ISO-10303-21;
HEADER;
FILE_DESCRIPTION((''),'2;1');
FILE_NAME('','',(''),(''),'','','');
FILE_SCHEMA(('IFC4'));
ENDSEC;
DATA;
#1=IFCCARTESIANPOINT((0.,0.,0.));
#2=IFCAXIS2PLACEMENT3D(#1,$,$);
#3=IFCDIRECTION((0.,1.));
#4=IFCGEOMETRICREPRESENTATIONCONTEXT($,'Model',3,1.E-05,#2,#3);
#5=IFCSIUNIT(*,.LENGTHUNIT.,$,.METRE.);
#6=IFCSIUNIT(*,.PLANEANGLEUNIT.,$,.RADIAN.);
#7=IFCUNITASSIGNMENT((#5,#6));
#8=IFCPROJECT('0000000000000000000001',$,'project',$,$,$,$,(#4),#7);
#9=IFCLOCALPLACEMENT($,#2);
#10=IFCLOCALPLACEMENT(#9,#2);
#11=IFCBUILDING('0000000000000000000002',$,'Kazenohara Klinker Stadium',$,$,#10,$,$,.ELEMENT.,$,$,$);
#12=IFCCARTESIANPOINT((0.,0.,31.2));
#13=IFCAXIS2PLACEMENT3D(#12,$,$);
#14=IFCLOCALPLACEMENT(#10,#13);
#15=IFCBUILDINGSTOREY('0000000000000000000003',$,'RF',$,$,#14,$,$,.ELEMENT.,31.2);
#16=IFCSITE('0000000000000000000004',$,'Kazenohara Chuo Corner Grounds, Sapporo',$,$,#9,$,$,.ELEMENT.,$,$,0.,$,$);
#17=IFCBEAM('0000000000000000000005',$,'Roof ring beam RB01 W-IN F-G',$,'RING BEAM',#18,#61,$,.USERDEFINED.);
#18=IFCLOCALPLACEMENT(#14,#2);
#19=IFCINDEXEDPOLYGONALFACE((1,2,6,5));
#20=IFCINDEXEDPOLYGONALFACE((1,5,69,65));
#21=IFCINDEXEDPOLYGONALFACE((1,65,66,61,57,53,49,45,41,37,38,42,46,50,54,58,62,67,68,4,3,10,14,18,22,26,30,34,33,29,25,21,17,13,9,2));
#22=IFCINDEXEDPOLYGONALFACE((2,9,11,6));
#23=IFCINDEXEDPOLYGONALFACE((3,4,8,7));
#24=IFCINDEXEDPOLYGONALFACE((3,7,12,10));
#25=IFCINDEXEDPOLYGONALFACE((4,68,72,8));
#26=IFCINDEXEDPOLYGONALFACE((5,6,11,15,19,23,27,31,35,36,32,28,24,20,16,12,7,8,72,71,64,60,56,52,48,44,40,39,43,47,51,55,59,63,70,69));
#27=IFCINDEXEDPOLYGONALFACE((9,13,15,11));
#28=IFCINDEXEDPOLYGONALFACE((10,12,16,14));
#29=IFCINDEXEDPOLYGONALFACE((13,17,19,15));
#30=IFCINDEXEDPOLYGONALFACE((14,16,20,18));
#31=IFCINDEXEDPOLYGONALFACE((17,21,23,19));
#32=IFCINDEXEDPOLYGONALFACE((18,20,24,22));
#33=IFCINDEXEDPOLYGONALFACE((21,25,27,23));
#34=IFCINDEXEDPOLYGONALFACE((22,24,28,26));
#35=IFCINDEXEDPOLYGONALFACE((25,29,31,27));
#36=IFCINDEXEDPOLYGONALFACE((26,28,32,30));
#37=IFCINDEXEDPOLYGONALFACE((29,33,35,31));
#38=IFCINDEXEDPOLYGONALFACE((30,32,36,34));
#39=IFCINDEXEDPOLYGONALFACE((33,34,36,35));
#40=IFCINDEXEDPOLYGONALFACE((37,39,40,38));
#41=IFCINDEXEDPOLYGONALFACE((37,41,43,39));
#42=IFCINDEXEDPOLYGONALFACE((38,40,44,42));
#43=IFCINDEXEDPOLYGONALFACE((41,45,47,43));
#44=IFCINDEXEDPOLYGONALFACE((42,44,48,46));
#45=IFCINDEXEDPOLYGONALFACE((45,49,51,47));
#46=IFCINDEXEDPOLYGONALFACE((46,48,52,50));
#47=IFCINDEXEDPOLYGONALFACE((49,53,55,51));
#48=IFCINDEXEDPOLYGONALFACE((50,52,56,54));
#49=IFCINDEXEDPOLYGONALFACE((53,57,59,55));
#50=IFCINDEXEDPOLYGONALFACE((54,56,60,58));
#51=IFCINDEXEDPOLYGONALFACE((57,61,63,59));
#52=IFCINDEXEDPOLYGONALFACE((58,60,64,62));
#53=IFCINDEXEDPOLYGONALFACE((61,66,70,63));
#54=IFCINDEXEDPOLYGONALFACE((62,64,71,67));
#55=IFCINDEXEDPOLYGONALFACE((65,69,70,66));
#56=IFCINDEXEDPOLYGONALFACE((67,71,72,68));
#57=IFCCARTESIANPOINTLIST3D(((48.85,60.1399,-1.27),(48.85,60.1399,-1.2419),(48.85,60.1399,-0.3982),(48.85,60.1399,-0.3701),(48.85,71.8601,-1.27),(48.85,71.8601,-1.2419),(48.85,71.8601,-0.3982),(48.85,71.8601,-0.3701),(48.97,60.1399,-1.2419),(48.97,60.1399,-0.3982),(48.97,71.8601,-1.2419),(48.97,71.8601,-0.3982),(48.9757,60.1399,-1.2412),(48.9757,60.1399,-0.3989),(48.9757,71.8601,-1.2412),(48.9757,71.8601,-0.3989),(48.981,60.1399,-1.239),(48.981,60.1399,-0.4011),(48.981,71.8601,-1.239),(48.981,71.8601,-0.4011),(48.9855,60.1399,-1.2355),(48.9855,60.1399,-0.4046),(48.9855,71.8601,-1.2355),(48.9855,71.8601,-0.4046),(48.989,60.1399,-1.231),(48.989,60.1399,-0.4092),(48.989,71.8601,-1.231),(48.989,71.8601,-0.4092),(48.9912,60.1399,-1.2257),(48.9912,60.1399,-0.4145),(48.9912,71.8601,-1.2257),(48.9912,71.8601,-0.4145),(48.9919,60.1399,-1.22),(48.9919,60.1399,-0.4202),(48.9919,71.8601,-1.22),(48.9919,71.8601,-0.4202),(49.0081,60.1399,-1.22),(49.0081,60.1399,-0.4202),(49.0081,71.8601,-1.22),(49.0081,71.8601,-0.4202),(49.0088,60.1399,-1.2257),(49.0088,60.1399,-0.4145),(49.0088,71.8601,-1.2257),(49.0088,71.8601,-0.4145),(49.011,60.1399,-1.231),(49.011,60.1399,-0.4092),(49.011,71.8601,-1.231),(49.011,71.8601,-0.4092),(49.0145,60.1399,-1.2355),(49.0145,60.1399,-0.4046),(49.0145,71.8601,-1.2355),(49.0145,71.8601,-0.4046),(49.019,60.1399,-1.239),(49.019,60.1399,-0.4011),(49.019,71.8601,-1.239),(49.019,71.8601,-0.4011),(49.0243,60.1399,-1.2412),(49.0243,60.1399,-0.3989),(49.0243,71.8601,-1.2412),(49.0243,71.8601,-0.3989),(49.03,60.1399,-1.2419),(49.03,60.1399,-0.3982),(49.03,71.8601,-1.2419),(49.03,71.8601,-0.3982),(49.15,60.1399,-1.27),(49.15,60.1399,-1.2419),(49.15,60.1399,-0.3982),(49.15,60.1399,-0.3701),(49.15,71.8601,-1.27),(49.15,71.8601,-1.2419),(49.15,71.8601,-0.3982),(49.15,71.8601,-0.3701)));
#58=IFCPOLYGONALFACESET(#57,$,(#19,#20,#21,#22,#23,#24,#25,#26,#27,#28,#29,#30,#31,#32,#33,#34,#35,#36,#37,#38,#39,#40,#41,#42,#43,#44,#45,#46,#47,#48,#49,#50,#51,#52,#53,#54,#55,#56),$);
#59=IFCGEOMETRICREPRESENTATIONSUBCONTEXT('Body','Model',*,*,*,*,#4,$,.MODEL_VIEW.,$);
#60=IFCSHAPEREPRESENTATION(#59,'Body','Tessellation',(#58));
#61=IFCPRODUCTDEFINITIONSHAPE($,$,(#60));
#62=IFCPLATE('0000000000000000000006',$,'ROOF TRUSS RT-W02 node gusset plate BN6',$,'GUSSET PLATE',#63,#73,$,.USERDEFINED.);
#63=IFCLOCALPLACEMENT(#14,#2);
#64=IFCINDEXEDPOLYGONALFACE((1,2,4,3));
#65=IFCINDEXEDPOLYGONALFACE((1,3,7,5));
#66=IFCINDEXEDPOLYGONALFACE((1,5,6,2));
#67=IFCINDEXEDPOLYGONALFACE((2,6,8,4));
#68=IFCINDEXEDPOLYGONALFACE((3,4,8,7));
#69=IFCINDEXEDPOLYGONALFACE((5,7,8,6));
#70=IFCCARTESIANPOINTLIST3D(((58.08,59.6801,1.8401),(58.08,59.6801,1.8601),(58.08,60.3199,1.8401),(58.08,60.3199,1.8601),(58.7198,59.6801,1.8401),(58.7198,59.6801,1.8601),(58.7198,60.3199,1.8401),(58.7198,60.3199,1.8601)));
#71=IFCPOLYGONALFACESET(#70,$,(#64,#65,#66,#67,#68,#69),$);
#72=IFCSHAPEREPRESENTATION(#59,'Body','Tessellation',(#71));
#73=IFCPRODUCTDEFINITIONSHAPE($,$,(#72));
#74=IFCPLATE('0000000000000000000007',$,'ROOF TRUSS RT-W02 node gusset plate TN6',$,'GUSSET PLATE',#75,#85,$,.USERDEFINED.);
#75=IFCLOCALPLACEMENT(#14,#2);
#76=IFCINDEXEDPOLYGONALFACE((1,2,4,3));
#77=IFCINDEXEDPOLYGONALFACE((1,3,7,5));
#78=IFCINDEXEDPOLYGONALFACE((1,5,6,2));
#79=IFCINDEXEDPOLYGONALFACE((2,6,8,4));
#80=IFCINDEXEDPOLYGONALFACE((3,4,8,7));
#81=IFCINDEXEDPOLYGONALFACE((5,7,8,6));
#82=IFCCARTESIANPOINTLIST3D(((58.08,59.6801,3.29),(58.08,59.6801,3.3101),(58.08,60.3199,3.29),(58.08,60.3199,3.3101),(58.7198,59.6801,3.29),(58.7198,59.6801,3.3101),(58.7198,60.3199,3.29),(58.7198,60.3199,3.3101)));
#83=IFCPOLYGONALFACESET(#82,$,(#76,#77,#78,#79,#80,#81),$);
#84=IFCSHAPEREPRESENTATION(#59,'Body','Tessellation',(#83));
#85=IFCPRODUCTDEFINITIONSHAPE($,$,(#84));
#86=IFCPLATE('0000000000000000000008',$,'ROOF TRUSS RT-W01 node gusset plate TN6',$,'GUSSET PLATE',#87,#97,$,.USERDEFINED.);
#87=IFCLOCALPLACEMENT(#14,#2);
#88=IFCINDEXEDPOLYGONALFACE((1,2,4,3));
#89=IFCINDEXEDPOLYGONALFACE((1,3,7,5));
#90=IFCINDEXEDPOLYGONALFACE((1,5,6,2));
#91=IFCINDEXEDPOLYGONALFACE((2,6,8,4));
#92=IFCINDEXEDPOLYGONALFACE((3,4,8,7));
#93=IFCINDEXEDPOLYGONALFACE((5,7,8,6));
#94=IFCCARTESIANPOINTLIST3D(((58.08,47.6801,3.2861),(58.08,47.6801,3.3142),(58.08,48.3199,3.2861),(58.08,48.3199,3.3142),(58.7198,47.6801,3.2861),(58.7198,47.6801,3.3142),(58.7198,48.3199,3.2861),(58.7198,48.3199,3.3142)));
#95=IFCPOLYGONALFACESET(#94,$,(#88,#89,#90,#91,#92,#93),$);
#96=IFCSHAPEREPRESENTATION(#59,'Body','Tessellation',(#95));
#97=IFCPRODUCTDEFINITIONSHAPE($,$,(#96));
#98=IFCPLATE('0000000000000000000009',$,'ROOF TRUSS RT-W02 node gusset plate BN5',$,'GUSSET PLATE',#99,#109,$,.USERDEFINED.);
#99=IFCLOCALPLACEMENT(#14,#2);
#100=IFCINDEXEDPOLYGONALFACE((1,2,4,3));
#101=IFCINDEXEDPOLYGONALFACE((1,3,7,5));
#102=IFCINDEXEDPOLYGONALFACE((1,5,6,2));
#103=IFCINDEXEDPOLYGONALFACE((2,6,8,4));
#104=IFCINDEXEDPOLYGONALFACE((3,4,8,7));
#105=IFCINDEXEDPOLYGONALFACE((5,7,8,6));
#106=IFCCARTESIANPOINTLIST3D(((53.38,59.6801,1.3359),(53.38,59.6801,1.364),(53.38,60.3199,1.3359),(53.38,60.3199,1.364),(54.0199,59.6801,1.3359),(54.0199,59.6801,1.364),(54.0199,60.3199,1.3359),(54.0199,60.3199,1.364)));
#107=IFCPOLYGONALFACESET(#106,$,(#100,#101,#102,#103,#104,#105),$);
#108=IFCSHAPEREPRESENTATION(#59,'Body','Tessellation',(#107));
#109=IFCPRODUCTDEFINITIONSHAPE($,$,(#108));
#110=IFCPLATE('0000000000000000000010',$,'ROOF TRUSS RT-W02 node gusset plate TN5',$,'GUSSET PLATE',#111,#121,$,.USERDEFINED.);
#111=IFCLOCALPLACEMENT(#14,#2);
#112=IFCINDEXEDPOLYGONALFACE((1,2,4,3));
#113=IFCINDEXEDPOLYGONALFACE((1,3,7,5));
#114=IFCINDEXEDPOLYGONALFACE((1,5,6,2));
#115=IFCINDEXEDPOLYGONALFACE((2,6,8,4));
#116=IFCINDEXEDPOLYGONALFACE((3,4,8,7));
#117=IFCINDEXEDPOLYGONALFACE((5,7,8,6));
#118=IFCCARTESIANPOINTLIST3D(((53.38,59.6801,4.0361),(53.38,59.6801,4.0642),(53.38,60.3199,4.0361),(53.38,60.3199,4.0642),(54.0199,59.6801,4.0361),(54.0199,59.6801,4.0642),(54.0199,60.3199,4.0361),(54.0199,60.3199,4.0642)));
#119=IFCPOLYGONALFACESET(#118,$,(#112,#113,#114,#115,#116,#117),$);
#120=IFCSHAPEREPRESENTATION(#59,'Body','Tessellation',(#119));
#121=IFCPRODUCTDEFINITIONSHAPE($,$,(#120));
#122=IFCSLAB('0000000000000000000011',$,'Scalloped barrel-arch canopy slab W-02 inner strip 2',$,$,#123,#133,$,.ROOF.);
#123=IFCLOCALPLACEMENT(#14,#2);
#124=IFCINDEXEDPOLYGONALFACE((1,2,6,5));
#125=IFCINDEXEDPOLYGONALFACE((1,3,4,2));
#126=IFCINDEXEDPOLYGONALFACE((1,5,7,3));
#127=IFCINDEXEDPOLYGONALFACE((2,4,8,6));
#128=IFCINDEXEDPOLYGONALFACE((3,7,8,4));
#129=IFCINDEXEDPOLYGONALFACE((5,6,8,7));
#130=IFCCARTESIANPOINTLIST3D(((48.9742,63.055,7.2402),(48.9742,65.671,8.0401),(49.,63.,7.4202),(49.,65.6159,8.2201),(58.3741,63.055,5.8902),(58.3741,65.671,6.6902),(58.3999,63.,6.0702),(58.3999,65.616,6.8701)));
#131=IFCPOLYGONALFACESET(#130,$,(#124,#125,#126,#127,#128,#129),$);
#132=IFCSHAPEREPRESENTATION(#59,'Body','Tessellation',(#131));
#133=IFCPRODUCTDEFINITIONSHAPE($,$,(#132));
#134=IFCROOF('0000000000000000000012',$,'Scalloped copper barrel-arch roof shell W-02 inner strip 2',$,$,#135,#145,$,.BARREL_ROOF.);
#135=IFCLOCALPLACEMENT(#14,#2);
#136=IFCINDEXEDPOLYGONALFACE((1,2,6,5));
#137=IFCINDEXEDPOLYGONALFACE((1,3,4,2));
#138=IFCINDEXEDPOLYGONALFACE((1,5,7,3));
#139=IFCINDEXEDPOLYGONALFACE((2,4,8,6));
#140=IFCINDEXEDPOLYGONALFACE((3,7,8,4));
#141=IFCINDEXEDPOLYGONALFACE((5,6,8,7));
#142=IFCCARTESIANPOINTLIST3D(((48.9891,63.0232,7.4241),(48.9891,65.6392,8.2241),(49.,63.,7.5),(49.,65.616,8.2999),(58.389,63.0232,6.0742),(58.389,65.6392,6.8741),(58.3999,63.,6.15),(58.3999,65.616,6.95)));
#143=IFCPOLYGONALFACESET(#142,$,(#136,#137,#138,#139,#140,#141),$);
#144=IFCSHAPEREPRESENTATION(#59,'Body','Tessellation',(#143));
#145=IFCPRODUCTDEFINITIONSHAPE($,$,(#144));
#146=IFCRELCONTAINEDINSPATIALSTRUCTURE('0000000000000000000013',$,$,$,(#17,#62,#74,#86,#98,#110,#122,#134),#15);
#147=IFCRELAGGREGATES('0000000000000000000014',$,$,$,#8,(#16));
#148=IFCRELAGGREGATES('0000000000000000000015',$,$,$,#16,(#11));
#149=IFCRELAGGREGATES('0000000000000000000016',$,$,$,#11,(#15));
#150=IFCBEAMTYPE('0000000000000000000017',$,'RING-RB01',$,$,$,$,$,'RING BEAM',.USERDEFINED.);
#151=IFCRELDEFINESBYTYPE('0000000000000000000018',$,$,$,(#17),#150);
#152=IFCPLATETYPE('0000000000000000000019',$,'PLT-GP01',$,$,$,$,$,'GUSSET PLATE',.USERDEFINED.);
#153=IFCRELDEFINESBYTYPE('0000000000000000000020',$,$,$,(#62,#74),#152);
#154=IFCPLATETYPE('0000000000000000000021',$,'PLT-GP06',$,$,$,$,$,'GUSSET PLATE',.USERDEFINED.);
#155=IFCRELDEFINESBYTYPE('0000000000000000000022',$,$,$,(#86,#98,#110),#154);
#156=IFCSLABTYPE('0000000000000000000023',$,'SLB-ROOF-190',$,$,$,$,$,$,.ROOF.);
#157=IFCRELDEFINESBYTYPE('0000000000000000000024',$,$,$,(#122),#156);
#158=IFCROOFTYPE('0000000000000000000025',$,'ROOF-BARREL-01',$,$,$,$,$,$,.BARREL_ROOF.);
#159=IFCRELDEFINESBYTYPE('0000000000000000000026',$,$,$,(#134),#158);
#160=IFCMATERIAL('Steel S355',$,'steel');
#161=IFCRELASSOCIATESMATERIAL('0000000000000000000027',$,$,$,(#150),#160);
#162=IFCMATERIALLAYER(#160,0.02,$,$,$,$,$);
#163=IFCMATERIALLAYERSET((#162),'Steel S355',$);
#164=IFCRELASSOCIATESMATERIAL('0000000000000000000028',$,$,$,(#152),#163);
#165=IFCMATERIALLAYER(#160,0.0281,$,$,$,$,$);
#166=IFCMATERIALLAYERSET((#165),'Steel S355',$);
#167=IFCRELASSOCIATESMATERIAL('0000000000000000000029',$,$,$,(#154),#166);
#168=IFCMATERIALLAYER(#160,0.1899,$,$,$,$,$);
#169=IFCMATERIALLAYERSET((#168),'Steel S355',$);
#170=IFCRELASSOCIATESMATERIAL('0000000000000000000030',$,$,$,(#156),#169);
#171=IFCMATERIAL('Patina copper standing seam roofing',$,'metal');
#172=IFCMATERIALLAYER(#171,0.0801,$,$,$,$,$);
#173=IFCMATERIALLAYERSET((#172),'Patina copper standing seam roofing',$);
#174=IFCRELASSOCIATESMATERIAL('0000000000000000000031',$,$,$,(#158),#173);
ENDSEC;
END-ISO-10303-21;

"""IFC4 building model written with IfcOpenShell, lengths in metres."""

from ifc_helpers import new_model, si_unit, direction, frame, origin, origin_2d, place, context, subcontext, project, spatial, polyline, rectangle, i_section, outline, extrude, material, layer, layer_set, material_profile, profile_set, type_object, element, save


model = new_model("IFC4")

# Units and contexts
model_context = context("Model", 3, precision=1e-05, world=origin(), true_north=direction((0.0, 1.0)))
body_context = subcontext(model_context, "Body", "Model", "MODEL_VIEW")
ifc_project = project(units=[si_unit("LENGTHUNIT", "METRE"), si_unit("PLANEANGLEUNIT", "RADIAN")], contexts=[model_context])

# Site, building, storey
site_placement = place(None, origin())
site = spatial("IfcSite", under=ifc_project, at=site_placement, Name="Kazenohara Chuo Corner Grounds, Sapporo", CompositionType="ELEMENT", RefElevation=0.0)
building_placement = place(site_placement, origin())
building = spatial("IfcBuilding", under=site, at=building_placement, Name="Kazenohara Klinker Stadium", CompositionType="ELEMENT")
storey_placement = place(building_placement, frame((0.0, 0.0, 31.2)))
storey = spatial("IfcBuildingStorey", under=building, at=storey_placement, Name="RF", CompositionType="ELEMENT", Elevation=31.2)

# Shared definitions
ifc_material_1 = material(Name="Steel S355", Category="steel")

# Beam
ifc_material_profile_1 = material_profile(ifc_material_1, i_section(OverallWidth=0.3, OverallDepth=0.8999, WebThickness=0.0161, FlangeThickness=0.0281, FilletRadius=0.022, at=origin_2d()), Name="H-900x300x16x28")
ifc_profile_set_1 = profile_set([ifc_material_profile_1], Name="Steel S355")
beam_type = type_object("IfcBeamType", Name="RING-RB01", ElementType="RING BEAM", PredefinedType="USERDEFINED", material=ifc_profile_set_1)
beam_placement = place(storey_placement, frame((49.0, 60.1399, -0.8201), z_axis=(0.0, 1.0, 0.0), x_axis=(-1.0, 0.0, 0.0)))
element("IfcBeam", 1, at=beam_placement, inside=storey, type_object=beam_type, Name="Roof ring beam RB01 W-IN F-G", ObjectType="RING BEAM", PredefinedType="USERDEFINED", context=body_context, shape_type="SweptSolid", body=[
    extrude(i_section(OverallWidth=0.3, OverallDepth=0.8999, WebThickness=0.0161, FlangeThickness=0.0281, FilletRadius=0.022, at=origin_2d()), origin(), (0.0, 0.0, 1.0), 11.7202),
])

# Plates
ifc_layer_1 = layer(ifc_material_1, 0.02)
ifc_layer_set_1 = layer_set([ifc_layer_1], Name="Steel S355")
plate_type_1 = type_object("IfcPlateType", Name="PLT-GP01", ElementType="GUSSET PLATE", PredefinedType="USERDEFINED", material=ifc_layer_set_1)
for number, where, z_axis, x_axis, name in (
    (2, (58.3999, 60.0, 1.8401), (0.0, 0.0, 1.0), (1.0, 0.0, 0.0), "ROOF TRUSS RT-W02 node gusset plate BN6"),
    (3, (58.3999, 60.0, 3.29), (0.0, 0.0, 1.0), (1.0, 0.0, 0.0), "ROOF TRUSS RT-W02 node gusset plate TN6"),
):
    element("IfcPlate", number, at=place(storey_placement, frame(where, z_axis=z_axis, x_axis=x_axis)), inside=storey, type_object=plate_type_1, Name=name, ObjectType="GUSSET PLATE", PredefinedType="USERDEFINED", context=body_context, shape_type="SweptSolid", body=[
        extrude(rectangle(XDim=0.6399, YDim=0.6399, at=origin_2d()), origin(), (0.0, 0.0, 1.0), 0.02),
    ])
ifc_layer_2 = layer(ifc_material_1, 0.0281)
ifc_layer_set_2 = layer_set([ifc_layer_2], Name="Steel S355")
plate_type_2 = type_object("IfcPlateType", Name="PLT-GP06", ElementType="GUSSET PLATE", PredefinedType="USERDEFINED", material=ifc_layer_set_2)
for number, where, z_axis, x_axis, name in (
    (4, (58.3999, 48.0, 3.2861), (0.0, 0.0, 1.0), (1.0, 0.0, 0.0), "ROOF TRUSS RT-W01 node gusset plate TN6"),
    (5, (53.7, 60.0, 1.3359), (0.0, 0.0, 1.0), (1.0, 0.0, 0.0), "ROOF TRUSS RT-W02 node gusset plate BN5"),
    (6, (53.7, 60.0, 4.0361), (0.0, 0.0, 1.0), (1.0, 0.0, 0.0), "ROOF TRUSS RT-W02 node gusset plate TN5"),
):
    element("IfcPlate", number, at=place(storey_placement, frame(where, z_axis=z_axis, x_axis=x_axis)), inside=storey, type_object=plate_type_2, Name=name, ObjectType="GUSSET PLATE", PredefinedType="USERDEFINED", context=body_context, shape_type="SweptSolid", body=[
        extrude(rectangle(XDim=0.6399, YDim=0.6399, at=origin_2d()), origin(), (0.0, 0.0, 1.0), 0.0281),
    ])

# Slab
ifc_layer_3 = layer(ifc_material_1, 0.1899)
ifc_layer_set_3 = layer_set([ifc_layer_3], Name="Steel S355")
slab_type = type_object("IfcSlabType", Name="SLB-ROOF-190", PredefinedType="ROOF", material=ifc_layer_set_3)
slab_placement = place(storey_placement, frame((49.0, 63.0, 7.4202), z_axis=(0.136061, -0.289701, 0.947397), x_axis=(0.989844, -0.000004, -0.142158)))
element("IfcSlab", 7, at=slab_placement, inside=storey, type_object=slab_type, Name="Scalloped barrel-arch canopy slab W-02 inner strip 2", PredefinedType="ROOF", context=body_context, shape_type="SweptSolid", body=[
    extrude(outline(polyline([(0.0, 0.0), (9.4964, 0.0), (9.3826, 2.7332), (-0.1137, 2.7331), (0.0, 0.0)])), origin(), (0.0, 0.0, -1.0), 0.1899),
])

# Roof
ifc_material_2 = material(Name="Patina copper standing seam roofing", Category="metal")
ifc_layer_4 = layer(ifc_material_2, 0.0801)
ifc_layer_set_4 = layer_set([ifc_layer_4], Name="Patina copper standing seam roofing")
roof_type = type_object("IfcRoofType", Name="ROOF-BARREL-01", PredefinedType="BARREL_ROOF", material=ifc_layer_set_4)
roof_placement = place(storey_placement, frame((49.0, 63.0, 7.5), z_axis=(0.136061, -0.289701, 0.947397), x_axis=(0.989844, 0.000004, -0.142156)))
element("IfcRoof", 8, at=roof_placement, inside=storey, type_object=roof_type, Name="Scalloped copper barrel-arch roof shell W-02 inner strip 2", PredefinedType="BARREL_ROOF", context=body_context, shape_type="SweptSolid", body=[
    extrude(outline(polyline([(0.0, 0.0), (9.4963, 0.0), (9.3826, 2.7331), (-0.1137, 2.7332), (0.0, 0.0)])), origin(), (0.0, 0.0, -1.0), 0.0801),
])

save(model, "model.ifc")
